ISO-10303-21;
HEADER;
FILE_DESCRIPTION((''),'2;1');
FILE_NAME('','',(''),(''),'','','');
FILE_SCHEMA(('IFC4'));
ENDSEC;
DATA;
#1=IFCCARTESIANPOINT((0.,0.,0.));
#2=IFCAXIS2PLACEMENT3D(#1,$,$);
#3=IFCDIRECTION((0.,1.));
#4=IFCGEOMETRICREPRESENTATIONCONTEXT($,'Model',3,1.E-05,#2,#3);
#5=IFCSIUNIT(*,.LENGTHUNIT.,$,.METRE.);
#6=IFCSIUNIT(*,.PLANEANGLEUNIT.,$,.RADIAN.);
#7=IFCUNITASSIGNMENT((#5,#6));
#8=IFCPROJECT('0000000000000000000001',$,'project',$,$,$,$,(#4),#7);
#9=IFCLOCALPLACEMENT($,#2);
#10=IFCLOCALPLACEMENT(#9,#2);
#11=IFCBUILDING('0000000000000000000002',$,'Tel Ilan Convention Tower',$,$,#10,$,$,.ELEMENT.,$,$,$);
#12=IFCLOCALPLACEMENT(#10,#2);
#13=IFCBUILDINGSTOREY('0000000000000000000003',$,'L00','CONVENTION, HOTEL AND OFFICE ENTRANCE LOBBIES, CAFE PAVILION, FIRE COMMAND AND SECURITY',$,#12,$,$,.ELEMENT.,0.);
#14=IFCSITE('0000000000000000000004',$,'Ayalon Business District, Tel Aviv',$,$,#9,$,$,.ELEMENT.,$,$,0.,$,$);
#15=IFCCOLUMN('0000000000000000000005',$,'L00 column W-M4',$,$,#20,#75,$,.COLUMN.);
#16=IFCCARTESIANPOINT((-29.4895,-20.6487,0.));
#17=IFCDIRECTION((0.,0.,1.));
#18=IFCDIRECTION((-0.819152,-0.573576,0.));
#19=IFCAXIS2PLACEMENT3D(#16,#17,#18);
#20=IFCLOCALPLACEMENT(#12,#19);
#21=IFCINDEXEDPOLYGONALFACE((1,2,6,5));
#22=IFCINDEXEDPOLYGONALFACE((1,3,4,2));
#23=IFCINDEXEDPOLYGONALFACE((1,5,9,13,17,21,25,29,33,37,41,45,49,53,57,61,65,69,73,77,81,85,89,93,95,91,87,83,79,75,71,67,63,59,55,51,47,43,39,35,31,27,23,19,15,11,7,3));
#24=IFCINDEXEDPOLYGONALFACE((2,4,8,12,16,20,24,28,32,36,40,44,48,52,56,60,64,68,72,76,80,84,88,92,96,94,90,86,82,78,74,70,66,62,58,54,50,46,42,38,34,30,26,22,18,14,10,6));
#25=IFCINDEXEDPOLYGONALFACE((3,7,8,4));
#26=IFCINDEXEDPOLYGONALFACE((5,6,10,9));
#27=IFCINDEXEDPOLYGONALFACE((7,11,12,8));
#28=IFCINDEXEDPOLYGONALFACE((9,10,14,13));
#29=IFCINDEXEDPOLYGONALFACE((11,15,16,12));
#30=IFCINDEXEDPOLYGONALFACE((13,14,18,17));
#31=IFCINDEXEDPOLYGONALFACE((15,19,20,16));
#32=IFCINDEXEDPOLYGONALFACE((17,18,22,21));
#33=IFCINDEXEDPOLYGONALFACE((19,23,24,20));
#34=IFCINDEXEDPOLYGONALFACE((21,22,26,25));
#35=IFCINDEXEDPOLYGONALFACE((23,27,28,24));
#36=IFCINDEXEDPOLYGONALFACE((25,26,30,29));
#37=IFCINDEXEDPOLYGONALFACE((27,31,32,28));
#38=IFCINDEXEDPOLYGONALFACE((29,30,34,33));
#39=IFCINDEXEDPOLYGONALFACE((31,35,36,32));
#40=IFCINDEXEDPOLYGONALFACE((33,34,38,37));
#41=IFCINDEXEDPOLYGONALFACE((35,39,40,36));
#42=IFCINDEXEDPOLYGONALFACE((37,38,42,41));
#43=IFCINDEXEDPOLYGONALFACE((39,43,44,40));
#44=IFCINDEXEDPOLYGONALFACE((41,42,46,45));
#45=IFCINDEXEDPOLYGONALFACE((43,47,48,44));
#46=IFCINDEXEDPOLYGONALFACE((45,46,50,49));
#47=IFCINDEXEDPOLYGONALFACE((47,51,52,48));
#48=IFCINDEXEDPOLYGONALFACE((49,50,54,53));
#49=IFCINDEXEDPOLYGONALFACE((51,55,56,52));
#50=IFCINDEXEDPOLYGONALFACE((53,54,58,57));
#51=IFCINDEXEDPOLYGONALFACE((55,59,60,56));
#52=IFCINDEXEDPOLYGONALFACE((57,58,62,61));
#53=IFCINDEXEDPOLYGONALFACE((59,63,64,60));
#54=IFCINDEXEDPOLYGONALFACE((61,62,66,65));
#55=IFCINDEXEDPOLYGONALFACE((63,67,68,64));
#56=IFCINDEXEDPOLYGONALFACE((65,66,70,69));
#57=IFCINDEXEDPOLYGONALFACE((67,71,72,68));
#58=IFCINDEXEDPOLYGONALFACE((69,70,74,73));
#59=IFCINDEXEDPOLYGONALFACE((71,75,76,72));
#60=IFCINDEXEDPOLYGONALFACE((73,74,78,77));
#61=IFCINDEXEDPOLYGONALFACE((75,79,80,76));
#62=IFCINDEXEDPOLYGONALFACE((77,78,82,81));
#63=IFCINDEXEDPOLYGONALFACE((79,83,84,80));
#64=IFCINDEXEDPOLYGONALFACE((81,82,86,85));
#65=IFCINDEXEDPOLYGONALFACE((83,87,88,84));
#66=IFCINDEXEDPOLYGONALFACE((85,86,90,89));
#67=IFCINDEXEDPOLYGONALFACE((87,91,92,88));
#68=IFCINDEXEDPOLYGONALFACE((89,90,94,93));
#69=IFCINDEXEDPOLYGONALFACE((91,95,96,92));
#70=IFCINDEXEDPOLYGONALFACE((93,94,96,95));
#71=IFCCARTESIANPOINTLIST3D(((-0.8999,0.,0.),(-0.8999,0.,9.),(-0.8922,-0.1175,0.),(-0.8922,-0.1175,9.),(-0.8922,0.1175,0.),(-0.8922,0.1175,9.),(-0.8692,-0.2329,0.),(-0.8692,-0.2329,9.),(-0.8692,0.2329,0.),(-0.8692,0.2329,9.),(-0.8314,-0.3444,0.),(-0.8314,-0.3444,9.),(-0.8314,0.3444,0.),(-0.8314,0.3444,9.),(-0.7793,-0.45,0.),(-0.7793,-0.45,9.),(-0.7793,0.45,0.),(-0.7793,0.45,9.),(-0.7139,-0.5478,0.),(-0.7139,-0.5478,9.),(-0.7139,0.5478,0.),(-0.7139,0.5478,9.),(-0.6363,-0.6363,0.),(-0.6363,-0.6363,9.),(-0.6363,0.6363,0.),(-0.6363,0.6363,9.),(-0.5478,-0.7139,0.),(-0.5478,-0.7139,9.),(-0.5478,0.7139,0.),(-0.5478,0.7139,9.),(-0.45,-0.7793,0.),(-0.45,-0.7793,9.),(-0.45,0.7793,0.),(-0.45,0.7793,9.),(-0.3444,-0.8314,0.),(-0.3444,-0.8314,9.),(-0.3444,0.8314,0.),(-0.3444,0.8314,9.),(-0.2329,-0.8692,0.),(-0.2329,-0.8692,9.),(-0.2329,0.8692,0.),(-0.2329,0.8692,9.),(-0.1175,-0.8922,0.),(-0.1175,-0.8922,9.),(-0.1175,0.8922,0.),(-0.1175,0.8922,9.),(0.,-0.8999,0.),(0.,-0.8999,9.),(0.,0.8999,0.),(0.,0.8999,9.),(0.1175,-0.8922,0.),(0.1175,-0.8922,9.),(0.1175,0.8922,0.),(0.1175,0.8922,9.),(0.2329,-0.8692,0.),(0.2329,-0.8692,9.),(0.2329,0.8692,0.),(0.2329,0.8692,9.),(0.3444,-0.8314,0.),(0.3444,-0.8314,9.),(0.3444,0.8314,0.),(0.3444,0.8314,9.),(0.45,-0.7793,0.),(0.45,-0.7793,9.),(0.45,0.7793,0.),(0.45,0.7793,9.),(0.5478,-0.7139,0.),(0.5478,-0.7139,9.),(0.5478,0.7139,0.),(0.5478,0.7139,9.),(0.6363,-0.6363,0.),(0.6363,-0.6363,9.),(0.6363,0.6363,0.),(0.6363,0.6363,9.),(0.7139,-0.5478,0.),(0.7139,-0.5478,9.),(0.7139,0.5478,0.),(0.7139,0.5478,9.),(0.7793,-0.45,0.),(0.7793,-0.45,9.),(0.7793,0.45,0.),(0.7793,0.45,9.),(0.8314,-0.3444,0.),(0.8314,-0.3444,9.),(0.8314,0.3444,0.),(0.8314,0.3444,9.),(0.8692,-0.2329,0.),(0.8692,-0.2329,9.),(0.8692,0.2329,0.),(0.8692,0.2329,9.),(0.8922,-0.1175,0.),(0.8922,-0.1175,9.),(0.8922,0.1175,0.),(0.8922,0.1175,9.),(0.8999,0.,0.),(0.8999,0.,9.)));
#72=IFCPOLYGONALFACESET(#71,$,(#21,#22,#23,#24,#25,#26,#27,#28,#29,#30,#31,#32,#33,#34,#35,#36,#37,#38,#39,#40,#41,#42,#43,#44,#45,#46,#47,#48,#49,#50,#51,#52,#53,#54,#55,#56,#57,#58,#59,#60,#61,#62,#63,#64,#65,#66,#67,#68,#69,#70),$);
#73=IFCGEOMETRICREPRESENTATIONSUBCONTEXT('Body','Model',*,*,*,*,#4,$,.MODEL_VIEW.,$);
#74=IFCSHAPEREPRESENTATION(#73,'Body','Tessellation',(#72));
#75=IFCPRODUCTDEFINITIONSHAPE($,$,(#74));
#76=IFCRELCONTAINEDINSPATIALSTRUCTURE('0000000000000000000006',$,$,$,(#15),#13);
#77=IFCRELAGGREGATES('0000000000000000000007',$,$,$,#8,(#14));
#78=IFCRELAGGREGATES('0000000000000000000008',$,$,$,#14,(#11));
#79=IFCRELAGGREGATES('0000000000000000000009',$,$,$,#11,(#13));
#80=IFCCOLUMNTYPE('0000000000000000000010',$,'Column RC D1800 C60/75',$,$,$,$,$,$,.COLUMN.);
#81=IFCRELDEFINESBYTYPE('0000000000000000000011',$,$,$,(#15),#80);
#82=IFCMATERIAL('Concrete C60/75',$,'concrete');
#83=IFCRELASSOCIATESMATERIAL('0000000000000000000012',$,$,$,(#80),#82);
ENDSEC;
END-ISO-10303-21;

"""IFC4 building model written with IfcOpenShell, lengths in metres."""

from ifc_helpers import new_model, si_unit, direction, frame, origin, origin_2d, place, context, subcontext, project, spatial, circle, extrude, material, material_profile, profile_set, type_object, element, save


model = new_model("IFC4")

# Units and contexts
model_context = context("Model", 3, precision=1e-05, world=origin(), true_north=direction((0.0, 1.0)))
body_context = subcontext(model_context, "Body", "Model", "MODEL_VIEW")
ifc_project = project(units=[si_unit("LENGTHUNIT", "METRE"), si_unit("PLANEANGLEUNIT", "RADIAN")], contexts=[model_context])

# Site, building, storey
site_placement = place(None, origin())
site = spatial("IfcSite", under=ifc_project, at=site_placement, Name="Ayalon Business District, Tel Aviv", CompositionType="ELEMENT", RefElevation=0.0)
building_placement = place(site_placement, origin())
building = spatial("IfcBuilding", under=site, at=building_placement, Name="Tel Ilan Convention Tower", CompositionType="ELEMENT")
storey_placement = place(building_placement, origin())
storey = spatial("IfcBuildingStorey", under=building, at=storey_placement, Name="L00", Description="CONVENTION, HOTEL AND OFFICE ENTRANCE LOBBIES, CAFE PAVILION, FIRE COMMAND AND SECURITY", CompositionType="ELEMENT", Elevation=0.0)

# Column
ifc_material_1 = material(Name="Concrete C60/75", Category="concrete")
ifc_material_profile_1 = material_profile(ifc_material_1, circle(Radius=0.8999, at=origin_2d()), Name="RC D1800")
ifc_profile_set_1 = profile_set([ifc_material_profile_1], Name="Concrete C60/75")
column_type_1 = type_object("IfcColumnType", Name="Column RC D1800 C60/75", PredefinedType="COLUMN", material=ifc_profile_set_1)
for number, where, z_axis, x_axis, name in (
    (1, (-29.4895, -20.6487, 0.0), (0.0, 0.0, 1.0), (-0.819152, -0.573576, 0.0), "L00 column W-M4"),
):
    element("IfcColumn", number, at=place(storey_placement, frame(where, z_axis=z_axis, x_axis=x_axis)), inside=storey, type_object=column_type_1, Name=name, PredefinedType="COLUMN", context=body_context, shape_type="SweptSolid", body=[
        extrude(circle(Radius=0.8999, at=origin_2d()), origin(), (0.0, 0.0, 1.0), 9.0),
    ])

save(model, "model.ifc")
